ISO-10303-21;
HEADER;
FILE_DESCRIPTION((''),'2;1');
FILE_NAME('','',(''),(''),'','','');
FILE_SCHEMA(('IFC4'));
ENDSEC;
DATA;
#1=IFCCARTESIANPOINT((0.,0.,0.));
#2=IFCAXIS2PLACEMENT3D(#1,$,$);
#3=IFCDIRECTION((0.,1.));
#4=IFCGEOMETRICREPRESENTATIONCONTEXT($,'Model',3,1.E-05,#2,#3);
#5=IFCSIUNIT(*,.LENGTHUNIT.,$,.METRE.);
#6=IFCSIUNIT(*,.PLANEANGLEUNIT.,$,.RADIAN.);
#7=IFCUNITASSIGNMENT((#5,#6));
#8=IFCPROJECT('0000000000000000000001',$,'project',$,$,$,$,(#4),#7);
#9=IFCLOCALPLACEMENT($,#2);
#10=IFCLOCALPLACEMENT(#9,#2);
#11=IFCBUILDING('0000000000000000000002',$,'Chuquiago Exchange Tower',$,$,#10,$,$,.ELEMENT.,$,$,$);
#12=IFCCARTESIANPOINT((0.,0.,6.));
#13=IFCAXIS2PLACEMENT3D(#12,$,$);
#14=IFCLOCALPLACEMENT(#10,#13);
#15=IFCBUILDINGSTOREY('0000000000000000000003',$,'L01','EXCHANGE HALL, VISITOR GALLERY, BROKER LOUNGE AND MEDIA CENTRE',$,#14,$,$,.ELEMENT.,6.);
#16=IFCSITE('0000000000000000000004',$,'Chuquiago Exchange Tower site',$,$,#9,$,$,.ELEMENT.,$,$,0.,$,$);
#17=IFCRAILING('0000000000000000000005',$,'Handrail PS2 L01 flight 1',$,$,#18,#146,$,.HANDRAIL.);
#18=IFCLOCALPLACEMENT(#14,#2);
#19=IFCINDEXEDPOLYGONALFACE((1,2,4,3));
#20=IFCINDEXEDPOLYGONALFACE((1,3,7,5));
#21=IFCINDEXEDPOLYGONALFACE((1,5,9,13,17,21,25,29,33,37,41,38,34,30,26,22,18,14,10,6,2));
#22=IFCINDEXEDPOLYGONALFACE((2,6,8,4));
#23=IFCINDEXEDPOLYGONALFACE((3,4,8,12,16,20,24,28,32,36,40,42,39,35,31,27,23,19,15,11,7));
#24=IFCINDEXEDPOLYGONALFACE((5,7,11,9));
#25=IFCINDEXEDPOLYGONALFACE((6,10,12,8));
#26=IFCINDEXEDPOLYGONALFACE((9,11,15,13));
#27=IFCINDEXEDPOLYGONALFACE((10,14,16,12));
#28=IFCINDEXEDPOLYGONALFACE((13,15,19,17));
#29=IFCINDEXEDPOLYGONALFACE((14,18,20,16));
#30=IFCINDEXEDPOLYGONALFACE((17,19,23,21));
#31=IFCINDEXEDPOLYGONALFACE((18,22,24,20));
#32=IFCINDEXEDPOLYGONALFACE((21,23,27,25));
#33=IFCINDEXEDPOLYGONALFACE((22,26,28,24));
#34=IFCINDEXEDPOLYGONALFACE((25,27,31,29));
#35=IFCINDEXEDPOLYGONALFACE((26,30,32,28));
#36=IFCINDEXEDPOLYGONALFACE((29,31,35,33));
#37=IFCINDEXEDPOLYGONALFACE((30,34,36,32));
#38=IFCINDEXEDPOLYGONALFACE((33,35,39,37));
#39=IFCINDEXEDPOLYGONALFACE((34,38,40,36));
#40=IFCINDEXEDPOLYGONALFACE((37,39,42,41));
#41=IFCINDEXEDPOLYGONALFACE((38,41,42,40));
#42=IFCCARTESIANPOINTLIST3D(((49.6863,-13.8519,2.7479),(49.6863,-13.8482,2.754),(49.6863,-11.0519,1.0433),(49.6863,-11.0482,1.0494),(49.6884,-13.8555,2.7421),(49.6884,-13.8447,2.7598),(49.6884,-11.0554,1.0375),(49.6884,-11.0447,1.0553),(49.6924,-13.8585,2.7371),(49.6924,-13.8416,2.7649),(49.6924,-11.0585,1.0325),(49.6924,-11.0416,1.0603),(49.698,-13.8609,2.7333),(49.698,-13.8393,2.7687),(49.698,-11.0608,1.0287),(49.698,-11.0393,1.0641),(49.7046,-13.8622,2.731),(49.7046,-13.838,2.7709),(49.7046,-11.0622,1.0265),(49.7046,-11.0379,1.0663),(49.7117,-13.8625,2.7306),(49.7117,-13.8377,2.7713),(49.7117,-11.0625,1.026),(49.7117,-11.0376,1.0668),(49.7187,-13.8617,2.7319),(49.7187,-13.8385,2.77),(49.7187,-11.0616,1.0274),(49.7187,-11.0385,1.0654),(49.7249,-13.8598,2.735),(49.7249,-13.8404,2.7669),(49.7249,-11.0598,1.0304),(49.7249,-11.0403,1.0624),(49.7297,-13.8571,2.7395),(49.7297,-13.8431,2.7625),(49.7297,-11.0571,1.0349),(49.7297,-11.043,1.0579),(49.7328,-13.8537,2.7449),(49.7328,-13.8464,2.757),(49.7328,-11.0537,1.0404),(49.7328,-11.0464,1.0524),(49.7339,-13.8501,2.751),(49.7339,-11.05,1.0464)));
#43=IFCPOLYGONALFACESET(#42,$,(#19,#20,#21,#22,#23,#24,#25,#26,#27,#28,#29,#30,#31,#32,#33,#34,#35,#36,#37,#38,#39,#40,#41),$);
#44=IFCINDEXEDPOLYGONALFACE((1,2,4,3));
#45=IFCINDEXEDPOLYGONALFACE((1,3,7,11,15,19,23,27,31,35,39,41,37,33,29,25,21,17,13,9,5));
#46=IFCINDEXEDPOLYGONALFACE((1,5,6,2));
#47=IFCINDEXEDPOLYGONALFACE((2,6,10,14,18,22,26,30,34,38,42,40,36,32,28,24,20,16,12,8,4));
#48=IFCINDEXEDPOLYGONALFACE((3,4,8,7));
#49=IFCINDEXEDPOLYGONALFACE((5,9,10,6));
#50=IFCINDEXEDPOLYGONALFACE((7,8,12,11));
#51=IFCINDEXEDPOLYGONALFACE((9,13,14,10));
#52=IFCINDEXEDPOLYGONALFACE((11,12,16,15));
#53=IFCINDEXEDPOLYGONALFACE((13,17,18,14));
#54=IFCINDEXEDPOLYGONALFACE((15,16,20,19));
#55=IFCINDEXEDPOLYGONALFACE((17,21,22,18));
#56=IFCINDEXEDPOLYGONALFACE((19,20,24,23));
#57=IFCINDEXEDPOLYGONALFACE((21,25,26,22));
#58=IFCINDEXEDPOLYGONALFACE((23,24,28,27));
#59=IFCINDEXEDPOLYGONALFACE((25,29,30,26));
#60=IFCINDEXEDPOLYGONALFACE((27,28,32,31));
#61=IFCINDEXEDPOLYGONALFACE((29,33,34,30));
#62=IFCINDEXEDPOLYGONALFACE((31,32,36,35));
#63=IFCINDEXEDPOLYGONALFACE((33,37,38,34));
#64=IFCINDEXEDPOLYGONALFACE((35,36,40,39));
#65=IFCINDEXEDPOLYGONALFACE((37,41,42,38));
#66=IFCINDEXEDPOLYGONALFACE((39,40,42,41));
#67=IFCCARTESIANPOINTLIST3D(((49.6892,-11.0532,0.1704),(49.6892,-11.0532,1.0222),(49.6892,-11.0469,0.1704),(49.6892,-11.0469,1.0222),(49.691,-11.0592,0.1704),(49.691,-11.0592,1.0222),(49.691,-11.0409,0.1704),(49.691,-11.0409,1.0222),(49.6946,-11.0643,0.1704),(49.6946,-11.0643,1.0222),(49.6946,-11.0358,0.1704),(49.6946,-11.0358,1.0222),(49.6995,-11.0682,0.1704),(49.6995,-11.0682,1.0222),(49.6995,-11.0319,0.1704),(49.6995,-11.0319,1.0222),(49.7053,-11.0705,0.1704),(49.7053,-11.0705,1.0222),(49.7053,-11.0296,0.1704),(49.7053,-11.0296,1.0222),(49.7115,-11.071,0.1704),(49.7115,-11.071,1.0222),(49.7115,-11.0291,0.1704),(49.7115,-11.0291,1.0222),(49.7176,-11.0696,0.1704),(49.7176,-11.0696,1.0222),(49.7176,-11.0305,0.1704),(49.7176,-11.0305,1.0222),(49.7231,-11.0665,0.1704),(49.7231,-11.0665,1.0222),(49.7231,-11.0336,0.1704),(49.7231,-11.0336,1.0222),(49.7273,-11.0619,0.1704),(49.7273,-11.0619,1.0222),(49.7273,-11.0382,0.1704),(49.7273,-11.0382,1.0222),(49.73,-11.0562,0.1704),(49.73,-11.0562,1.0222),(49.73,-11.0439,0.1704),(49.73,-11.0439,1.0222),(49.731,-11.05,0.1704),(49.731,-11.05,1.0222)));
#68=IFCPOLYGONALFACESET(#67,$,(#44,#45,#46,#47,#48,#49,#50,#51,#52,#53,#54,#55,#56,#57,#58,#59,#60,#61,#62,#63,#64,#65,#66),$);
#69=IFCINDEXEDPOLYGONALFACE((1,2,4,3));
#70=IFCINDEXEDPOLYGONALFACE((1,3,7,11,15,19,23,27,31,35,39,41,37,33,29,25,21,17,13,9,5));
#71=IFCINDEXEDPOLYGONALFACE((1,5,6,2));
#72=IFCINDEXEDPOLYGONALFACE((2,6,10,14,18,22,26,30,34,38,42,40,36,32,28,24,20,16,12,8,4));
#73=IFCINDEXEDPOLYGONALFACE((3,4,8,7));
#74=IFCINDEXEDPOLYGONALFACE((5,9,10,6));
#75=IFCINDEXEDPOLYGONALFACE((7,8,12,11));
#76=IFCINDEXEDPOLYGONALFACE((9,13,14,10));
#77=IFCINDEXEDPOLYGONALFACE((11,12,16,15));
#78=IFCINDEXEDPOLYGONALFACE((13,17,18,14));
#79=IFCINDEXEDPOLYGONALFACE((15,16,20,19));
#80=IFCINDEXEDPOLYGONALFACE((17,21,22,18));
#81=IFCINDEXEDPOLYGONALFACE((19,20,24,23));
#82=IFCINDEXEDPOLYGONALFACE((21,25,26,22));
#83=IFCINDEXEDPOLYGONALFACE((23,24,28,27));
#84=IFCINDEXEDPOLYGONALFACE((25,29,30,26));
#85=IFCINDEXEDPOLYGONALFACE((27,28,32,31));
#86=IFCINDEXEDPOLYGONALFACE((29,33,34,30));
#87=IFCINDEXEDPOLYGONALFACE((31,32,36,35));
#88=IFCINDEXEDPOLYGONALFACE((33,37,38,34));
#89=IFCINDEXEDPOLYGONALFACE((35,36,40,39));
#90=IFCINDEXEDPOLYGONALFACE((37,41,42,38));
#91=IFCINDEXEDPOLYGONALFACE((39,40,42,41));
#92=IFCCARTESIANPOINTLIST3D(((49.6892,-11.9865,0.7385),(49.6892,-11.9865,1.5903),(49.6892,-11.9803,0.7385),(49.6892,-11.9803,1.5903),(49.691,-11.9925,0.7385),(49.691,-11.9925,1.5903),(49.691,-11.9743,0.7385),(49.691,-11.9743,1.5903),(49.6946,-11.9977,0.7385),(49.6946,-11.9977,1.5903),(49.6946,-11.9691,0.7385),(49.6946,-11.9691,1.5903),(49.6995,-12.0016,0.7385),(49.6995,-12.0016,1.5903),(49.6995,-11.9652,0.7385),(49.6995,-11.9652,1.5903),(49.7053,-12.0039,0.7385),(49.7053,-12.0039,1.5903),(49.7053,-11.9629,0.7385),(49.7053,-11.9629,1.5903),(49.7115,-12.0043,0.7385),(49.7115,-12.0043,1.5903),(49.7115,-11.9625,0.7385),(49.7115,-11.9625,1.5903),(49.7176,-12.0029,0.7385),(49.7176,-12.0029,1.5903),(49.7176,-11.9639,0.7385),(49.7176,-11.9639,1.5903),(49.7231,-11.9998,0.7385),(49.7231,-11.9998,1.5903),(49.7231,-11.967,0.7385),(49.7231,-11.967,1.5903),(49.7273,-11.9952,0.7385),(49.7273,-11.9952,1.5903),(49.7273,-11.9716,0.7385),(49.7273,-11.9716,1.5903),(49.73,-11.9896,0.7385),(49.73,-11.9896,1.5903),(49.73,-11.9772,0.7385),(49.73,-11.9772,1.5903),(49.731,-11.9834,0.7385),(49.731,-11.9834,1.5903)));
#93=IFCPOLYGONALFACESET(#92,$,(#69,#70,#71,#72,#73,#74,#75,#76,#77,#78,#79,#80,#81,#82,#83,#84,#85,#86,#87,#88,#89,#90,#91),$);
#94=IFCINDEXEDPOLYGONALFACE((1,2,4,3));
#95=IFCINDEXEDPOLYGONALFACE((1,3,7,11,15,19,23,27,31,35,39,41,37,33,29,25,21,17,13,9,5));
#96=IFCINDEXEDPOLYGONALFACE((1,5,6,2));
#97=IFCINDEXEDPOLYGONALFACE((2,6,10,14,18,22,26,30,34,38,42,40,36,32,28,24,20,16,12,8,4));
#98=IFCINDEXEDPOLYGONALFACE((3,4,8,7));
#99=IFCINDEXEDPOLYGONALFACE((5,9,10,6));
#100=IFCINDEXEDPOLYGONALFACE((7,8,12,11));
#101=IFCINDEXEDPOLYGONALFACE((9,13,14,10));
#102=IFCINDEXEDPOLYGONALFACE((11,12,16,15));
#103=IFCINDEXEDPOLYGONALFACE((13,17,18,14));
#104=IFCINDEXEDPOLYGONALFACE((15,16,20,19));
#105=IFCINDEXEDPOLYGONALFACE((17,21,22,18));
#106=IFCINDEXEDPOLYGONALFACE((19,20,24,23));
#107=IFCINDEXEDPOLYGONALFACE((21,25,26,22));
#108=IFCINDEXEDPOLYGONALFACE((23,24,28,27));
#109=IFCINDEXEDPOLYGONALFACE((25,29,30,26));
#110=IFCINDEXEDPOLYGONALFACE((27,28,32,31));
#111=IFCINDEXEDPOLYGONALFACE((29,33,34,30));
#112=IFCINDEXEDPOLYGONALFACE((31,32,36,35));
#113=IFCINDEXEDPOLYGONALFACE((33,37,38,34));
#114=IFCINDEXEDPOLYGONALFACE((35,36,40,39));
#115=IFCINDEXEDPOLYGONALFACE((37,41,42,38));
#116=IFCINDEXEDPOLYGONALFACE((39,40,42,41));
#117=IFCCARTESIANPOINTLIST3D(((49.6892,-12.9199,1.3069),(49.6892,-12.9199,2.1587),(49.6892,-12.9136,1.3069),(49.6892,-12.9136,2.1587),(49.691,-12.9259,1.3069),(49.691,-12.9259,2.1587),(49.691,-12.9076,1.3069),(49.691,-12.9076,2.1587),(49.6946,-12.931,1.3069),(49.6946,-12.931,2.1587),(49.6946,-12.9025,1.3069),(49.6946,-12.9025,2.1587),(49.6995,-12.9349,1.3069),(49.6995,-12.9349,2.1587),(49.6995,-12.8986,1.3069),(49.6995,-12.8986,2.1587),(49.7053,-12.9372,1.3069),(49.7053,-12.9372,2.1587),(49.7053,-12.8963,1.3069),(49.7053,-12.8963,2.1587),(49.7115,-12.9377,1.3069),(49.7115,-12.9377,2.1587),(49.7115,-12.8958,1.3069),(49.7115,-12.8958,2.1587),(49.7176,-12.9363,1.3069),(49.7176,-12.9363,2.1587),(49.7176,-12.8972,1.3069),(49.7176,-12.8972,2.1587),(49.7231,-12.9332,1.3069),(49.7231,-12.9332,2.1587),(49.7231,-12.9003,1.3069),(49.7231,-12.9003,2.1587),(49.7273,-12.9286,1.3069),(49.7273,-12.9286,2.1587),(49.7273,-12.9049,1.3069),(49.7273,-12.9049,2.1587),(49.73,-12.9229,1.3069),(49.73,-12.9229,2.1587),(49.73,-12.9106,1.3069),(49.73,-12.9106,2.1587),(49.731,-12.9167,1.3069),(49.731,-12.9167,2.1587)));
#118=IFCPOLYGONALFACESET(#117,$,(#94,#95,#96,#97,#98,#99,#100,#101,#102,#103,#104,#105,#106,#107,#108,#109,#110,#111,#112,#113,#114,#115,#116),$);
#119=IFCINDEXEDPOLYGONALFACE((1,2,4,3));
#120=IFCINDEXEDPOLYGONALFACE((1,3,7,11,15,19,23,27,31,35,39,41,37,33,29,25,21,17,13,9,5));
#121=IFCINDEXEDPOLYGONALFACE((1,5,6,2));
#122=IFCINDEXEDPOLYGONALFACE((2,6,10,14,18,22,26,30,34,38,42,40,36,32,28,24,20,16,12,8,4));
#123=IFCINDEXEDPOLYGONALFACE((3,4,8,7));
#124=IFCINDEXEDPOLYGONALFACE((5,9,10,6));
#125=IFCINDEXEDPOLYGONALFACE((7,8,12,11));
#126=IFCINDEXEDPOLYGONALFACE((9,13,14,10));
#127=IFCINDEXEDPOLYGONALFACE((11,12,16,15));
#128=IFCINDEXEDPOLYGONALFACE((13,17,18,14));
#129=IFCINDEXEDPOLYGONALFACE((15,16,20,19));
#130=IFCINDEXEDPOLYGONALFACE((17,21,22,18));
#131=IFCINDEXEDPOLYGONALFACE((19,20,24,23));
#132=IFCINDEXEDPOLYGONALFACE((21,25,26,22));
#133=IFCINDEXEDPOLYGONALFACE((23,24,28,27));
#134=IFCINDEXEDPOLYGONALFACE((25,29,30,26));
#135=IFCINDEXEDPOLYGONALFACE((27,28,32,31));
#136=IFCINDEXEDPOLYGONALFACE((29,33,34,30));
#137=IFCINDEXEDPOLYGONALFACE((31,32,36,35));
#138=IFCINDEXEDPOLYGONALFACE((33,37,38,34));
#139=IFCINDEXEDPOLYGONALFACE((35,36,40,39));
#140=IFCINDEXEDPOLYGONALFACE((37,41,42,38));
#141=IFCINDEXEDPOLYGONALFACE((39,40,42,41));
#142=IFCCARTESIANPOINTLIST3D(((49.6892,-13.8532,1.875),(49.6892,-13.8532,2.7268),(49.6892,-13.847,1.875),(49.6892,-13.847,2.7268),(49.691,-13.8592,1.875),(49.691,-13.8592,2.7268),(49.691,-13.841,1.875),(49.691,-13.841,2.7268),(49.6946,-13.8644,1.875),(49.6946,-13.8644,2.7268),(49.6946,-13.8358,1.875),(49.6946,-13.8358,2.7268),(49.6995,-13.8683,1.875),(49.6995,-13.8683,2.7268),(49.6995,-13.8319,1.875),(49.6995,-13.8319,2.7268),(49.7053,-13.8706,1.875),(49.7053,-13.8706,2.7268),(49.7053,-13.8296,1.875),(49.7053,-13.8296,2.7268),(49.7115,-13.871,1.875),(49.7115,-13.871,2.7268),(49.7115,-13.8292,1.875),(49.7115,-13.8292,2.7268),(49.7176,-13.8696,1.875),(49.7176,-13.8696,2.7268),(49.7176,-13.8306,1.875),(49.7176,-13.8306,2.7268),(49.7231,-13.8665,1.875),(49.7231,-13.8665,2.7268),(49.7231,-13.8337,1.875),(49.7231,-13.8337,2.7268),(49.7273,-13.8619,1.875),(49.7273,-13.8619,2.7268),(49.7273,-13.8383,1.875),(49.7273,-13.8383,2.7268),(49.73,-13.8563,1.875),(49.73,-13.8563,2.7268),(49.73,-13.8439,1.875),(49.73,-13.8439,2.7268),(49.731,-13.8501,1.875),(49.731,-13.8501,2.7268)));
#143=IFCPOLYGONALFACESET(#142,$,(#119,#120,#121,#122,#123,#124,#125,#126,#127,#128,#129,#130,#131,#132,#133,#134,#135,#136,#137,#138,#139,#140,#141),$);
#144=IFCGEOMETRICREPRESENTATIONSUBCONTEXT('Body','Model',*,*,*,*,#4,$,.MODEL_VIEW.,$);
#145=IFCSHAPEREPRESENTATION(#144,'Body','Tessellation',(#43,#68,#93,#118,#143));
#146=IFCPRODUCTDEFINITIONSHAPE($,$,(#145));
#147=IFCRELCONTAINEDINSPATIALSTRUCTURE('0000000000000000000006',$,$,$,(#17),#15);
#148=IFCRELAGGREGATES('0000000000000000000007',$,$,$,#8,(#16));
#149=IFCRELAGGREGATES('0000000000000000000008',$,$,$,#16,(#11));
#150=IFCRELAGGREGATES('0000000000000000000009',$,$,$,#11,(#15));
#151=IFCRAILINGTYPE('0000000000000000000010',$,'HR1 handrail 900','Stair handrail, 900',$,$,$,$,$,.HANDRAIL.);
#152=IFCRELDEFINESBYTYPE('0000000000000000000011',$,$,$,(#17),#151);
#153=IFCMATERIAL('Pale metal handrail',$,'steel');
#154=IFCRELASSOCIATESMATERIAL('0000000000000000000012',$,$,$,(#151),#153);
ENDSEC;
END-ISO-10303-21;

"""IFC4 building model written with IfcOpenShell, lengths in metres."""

from ifc_helpers import new_model, si_unit, direction, frame, origin, origin_2d, place, context, subcontext, project, spatial, circle, extrude, material, type_object, element, save


model = new_model("IFC4")

# Units and contexts
model_context = context("Model", 3, precision=1e-05, world=origin(), true_north=direction((0.0, 1.0)))
body_context = subcontext(model_context, "Body", "Model", "MODEL_VIEW")
ifc_project = project(units=[si_unit("LENGTHUNIT", "METRE"), si_unit("PLANEANGLEUNIT", "RADIAN")], contexts=[model_context])

# Site, building, storey
site_placement = place(None, origin())
site = spatial("IfcSite", under=ifc_project, at=site_placement, Name="Chuquiago Exchange Tower site", CompositionType="ELEMENT", RefElevation=0.0)
building_placement = place(site_placement, origin())
building = spatial("IfcBuilding", under=site, at=building_placement, Name="Chuquiago Exchange Tower", CompositionType="ELEMENT")
storey_placement = place(building_placement, frame((0.0, 0.0, 6.0)))
storey = spatial("IfcBuildingStorey", under=building, at=storey_placement, Name="L01", Description="EXCHANGE HALL, VISITOR GALLERY, BROKER LOUNGE AND MEDIA CENTRE", CompositionType="ELEMENT", Elevation=6.0)

# Railing
ifc_material_1 = material(Name="Pale metal handrail", Category="steel")
railing_type = type_object("IfcRailingType", Name="HR1 handrail 900", Description="Stair handrail, 900", PredefinedType="HANDRAIL", material=ifc_material_1)
for number, where, name in (
    (1, (49.71, -11.05, 0.1704), "Handrail PS2 L01 flight 1"),
):
    element("IfcRailing", number, at=place(storey_placement, frame(where)), inside=storey, type_object=railing_type, Name=name, PredefinedType="HANDRAIL", context=body_context, shape_type="SweptSolid", body=[
        extrude(circle(Radius=0.0239, at=origin_2d()), frame((0.0, 0.0, 0.876), z_axis=(0.0, -0.85417, 0.519994), x_axis=(1.0, 0.0, 0.0)), (0.0, 0.0, 1.0), 3.2781),
        extrude(circle(Radius=0.021, at=origin_2d()), origin(), (0.0, 0.0, 1.0), 0.8518),
        extrude(circle(Radius=0.021, at=origin_2d()), frame((0.0, -0.9333, 0.5681)), (0.0, 0.0, 1.0), 0.8518),
        extrude(circle(Radius=0.021, at=origin_2d()), frame((0.0, -1.8667, 1.1365)), (0.0, 0.0, 1.0), 0.8518),
        extrude(circle(Radius=0.021, at=origin_2d()), frame((0.0, -2.8, 1.7046)), (0.0, 0.0, 1.0), 0.8518),
    ])

save(model, "model.ifc")
